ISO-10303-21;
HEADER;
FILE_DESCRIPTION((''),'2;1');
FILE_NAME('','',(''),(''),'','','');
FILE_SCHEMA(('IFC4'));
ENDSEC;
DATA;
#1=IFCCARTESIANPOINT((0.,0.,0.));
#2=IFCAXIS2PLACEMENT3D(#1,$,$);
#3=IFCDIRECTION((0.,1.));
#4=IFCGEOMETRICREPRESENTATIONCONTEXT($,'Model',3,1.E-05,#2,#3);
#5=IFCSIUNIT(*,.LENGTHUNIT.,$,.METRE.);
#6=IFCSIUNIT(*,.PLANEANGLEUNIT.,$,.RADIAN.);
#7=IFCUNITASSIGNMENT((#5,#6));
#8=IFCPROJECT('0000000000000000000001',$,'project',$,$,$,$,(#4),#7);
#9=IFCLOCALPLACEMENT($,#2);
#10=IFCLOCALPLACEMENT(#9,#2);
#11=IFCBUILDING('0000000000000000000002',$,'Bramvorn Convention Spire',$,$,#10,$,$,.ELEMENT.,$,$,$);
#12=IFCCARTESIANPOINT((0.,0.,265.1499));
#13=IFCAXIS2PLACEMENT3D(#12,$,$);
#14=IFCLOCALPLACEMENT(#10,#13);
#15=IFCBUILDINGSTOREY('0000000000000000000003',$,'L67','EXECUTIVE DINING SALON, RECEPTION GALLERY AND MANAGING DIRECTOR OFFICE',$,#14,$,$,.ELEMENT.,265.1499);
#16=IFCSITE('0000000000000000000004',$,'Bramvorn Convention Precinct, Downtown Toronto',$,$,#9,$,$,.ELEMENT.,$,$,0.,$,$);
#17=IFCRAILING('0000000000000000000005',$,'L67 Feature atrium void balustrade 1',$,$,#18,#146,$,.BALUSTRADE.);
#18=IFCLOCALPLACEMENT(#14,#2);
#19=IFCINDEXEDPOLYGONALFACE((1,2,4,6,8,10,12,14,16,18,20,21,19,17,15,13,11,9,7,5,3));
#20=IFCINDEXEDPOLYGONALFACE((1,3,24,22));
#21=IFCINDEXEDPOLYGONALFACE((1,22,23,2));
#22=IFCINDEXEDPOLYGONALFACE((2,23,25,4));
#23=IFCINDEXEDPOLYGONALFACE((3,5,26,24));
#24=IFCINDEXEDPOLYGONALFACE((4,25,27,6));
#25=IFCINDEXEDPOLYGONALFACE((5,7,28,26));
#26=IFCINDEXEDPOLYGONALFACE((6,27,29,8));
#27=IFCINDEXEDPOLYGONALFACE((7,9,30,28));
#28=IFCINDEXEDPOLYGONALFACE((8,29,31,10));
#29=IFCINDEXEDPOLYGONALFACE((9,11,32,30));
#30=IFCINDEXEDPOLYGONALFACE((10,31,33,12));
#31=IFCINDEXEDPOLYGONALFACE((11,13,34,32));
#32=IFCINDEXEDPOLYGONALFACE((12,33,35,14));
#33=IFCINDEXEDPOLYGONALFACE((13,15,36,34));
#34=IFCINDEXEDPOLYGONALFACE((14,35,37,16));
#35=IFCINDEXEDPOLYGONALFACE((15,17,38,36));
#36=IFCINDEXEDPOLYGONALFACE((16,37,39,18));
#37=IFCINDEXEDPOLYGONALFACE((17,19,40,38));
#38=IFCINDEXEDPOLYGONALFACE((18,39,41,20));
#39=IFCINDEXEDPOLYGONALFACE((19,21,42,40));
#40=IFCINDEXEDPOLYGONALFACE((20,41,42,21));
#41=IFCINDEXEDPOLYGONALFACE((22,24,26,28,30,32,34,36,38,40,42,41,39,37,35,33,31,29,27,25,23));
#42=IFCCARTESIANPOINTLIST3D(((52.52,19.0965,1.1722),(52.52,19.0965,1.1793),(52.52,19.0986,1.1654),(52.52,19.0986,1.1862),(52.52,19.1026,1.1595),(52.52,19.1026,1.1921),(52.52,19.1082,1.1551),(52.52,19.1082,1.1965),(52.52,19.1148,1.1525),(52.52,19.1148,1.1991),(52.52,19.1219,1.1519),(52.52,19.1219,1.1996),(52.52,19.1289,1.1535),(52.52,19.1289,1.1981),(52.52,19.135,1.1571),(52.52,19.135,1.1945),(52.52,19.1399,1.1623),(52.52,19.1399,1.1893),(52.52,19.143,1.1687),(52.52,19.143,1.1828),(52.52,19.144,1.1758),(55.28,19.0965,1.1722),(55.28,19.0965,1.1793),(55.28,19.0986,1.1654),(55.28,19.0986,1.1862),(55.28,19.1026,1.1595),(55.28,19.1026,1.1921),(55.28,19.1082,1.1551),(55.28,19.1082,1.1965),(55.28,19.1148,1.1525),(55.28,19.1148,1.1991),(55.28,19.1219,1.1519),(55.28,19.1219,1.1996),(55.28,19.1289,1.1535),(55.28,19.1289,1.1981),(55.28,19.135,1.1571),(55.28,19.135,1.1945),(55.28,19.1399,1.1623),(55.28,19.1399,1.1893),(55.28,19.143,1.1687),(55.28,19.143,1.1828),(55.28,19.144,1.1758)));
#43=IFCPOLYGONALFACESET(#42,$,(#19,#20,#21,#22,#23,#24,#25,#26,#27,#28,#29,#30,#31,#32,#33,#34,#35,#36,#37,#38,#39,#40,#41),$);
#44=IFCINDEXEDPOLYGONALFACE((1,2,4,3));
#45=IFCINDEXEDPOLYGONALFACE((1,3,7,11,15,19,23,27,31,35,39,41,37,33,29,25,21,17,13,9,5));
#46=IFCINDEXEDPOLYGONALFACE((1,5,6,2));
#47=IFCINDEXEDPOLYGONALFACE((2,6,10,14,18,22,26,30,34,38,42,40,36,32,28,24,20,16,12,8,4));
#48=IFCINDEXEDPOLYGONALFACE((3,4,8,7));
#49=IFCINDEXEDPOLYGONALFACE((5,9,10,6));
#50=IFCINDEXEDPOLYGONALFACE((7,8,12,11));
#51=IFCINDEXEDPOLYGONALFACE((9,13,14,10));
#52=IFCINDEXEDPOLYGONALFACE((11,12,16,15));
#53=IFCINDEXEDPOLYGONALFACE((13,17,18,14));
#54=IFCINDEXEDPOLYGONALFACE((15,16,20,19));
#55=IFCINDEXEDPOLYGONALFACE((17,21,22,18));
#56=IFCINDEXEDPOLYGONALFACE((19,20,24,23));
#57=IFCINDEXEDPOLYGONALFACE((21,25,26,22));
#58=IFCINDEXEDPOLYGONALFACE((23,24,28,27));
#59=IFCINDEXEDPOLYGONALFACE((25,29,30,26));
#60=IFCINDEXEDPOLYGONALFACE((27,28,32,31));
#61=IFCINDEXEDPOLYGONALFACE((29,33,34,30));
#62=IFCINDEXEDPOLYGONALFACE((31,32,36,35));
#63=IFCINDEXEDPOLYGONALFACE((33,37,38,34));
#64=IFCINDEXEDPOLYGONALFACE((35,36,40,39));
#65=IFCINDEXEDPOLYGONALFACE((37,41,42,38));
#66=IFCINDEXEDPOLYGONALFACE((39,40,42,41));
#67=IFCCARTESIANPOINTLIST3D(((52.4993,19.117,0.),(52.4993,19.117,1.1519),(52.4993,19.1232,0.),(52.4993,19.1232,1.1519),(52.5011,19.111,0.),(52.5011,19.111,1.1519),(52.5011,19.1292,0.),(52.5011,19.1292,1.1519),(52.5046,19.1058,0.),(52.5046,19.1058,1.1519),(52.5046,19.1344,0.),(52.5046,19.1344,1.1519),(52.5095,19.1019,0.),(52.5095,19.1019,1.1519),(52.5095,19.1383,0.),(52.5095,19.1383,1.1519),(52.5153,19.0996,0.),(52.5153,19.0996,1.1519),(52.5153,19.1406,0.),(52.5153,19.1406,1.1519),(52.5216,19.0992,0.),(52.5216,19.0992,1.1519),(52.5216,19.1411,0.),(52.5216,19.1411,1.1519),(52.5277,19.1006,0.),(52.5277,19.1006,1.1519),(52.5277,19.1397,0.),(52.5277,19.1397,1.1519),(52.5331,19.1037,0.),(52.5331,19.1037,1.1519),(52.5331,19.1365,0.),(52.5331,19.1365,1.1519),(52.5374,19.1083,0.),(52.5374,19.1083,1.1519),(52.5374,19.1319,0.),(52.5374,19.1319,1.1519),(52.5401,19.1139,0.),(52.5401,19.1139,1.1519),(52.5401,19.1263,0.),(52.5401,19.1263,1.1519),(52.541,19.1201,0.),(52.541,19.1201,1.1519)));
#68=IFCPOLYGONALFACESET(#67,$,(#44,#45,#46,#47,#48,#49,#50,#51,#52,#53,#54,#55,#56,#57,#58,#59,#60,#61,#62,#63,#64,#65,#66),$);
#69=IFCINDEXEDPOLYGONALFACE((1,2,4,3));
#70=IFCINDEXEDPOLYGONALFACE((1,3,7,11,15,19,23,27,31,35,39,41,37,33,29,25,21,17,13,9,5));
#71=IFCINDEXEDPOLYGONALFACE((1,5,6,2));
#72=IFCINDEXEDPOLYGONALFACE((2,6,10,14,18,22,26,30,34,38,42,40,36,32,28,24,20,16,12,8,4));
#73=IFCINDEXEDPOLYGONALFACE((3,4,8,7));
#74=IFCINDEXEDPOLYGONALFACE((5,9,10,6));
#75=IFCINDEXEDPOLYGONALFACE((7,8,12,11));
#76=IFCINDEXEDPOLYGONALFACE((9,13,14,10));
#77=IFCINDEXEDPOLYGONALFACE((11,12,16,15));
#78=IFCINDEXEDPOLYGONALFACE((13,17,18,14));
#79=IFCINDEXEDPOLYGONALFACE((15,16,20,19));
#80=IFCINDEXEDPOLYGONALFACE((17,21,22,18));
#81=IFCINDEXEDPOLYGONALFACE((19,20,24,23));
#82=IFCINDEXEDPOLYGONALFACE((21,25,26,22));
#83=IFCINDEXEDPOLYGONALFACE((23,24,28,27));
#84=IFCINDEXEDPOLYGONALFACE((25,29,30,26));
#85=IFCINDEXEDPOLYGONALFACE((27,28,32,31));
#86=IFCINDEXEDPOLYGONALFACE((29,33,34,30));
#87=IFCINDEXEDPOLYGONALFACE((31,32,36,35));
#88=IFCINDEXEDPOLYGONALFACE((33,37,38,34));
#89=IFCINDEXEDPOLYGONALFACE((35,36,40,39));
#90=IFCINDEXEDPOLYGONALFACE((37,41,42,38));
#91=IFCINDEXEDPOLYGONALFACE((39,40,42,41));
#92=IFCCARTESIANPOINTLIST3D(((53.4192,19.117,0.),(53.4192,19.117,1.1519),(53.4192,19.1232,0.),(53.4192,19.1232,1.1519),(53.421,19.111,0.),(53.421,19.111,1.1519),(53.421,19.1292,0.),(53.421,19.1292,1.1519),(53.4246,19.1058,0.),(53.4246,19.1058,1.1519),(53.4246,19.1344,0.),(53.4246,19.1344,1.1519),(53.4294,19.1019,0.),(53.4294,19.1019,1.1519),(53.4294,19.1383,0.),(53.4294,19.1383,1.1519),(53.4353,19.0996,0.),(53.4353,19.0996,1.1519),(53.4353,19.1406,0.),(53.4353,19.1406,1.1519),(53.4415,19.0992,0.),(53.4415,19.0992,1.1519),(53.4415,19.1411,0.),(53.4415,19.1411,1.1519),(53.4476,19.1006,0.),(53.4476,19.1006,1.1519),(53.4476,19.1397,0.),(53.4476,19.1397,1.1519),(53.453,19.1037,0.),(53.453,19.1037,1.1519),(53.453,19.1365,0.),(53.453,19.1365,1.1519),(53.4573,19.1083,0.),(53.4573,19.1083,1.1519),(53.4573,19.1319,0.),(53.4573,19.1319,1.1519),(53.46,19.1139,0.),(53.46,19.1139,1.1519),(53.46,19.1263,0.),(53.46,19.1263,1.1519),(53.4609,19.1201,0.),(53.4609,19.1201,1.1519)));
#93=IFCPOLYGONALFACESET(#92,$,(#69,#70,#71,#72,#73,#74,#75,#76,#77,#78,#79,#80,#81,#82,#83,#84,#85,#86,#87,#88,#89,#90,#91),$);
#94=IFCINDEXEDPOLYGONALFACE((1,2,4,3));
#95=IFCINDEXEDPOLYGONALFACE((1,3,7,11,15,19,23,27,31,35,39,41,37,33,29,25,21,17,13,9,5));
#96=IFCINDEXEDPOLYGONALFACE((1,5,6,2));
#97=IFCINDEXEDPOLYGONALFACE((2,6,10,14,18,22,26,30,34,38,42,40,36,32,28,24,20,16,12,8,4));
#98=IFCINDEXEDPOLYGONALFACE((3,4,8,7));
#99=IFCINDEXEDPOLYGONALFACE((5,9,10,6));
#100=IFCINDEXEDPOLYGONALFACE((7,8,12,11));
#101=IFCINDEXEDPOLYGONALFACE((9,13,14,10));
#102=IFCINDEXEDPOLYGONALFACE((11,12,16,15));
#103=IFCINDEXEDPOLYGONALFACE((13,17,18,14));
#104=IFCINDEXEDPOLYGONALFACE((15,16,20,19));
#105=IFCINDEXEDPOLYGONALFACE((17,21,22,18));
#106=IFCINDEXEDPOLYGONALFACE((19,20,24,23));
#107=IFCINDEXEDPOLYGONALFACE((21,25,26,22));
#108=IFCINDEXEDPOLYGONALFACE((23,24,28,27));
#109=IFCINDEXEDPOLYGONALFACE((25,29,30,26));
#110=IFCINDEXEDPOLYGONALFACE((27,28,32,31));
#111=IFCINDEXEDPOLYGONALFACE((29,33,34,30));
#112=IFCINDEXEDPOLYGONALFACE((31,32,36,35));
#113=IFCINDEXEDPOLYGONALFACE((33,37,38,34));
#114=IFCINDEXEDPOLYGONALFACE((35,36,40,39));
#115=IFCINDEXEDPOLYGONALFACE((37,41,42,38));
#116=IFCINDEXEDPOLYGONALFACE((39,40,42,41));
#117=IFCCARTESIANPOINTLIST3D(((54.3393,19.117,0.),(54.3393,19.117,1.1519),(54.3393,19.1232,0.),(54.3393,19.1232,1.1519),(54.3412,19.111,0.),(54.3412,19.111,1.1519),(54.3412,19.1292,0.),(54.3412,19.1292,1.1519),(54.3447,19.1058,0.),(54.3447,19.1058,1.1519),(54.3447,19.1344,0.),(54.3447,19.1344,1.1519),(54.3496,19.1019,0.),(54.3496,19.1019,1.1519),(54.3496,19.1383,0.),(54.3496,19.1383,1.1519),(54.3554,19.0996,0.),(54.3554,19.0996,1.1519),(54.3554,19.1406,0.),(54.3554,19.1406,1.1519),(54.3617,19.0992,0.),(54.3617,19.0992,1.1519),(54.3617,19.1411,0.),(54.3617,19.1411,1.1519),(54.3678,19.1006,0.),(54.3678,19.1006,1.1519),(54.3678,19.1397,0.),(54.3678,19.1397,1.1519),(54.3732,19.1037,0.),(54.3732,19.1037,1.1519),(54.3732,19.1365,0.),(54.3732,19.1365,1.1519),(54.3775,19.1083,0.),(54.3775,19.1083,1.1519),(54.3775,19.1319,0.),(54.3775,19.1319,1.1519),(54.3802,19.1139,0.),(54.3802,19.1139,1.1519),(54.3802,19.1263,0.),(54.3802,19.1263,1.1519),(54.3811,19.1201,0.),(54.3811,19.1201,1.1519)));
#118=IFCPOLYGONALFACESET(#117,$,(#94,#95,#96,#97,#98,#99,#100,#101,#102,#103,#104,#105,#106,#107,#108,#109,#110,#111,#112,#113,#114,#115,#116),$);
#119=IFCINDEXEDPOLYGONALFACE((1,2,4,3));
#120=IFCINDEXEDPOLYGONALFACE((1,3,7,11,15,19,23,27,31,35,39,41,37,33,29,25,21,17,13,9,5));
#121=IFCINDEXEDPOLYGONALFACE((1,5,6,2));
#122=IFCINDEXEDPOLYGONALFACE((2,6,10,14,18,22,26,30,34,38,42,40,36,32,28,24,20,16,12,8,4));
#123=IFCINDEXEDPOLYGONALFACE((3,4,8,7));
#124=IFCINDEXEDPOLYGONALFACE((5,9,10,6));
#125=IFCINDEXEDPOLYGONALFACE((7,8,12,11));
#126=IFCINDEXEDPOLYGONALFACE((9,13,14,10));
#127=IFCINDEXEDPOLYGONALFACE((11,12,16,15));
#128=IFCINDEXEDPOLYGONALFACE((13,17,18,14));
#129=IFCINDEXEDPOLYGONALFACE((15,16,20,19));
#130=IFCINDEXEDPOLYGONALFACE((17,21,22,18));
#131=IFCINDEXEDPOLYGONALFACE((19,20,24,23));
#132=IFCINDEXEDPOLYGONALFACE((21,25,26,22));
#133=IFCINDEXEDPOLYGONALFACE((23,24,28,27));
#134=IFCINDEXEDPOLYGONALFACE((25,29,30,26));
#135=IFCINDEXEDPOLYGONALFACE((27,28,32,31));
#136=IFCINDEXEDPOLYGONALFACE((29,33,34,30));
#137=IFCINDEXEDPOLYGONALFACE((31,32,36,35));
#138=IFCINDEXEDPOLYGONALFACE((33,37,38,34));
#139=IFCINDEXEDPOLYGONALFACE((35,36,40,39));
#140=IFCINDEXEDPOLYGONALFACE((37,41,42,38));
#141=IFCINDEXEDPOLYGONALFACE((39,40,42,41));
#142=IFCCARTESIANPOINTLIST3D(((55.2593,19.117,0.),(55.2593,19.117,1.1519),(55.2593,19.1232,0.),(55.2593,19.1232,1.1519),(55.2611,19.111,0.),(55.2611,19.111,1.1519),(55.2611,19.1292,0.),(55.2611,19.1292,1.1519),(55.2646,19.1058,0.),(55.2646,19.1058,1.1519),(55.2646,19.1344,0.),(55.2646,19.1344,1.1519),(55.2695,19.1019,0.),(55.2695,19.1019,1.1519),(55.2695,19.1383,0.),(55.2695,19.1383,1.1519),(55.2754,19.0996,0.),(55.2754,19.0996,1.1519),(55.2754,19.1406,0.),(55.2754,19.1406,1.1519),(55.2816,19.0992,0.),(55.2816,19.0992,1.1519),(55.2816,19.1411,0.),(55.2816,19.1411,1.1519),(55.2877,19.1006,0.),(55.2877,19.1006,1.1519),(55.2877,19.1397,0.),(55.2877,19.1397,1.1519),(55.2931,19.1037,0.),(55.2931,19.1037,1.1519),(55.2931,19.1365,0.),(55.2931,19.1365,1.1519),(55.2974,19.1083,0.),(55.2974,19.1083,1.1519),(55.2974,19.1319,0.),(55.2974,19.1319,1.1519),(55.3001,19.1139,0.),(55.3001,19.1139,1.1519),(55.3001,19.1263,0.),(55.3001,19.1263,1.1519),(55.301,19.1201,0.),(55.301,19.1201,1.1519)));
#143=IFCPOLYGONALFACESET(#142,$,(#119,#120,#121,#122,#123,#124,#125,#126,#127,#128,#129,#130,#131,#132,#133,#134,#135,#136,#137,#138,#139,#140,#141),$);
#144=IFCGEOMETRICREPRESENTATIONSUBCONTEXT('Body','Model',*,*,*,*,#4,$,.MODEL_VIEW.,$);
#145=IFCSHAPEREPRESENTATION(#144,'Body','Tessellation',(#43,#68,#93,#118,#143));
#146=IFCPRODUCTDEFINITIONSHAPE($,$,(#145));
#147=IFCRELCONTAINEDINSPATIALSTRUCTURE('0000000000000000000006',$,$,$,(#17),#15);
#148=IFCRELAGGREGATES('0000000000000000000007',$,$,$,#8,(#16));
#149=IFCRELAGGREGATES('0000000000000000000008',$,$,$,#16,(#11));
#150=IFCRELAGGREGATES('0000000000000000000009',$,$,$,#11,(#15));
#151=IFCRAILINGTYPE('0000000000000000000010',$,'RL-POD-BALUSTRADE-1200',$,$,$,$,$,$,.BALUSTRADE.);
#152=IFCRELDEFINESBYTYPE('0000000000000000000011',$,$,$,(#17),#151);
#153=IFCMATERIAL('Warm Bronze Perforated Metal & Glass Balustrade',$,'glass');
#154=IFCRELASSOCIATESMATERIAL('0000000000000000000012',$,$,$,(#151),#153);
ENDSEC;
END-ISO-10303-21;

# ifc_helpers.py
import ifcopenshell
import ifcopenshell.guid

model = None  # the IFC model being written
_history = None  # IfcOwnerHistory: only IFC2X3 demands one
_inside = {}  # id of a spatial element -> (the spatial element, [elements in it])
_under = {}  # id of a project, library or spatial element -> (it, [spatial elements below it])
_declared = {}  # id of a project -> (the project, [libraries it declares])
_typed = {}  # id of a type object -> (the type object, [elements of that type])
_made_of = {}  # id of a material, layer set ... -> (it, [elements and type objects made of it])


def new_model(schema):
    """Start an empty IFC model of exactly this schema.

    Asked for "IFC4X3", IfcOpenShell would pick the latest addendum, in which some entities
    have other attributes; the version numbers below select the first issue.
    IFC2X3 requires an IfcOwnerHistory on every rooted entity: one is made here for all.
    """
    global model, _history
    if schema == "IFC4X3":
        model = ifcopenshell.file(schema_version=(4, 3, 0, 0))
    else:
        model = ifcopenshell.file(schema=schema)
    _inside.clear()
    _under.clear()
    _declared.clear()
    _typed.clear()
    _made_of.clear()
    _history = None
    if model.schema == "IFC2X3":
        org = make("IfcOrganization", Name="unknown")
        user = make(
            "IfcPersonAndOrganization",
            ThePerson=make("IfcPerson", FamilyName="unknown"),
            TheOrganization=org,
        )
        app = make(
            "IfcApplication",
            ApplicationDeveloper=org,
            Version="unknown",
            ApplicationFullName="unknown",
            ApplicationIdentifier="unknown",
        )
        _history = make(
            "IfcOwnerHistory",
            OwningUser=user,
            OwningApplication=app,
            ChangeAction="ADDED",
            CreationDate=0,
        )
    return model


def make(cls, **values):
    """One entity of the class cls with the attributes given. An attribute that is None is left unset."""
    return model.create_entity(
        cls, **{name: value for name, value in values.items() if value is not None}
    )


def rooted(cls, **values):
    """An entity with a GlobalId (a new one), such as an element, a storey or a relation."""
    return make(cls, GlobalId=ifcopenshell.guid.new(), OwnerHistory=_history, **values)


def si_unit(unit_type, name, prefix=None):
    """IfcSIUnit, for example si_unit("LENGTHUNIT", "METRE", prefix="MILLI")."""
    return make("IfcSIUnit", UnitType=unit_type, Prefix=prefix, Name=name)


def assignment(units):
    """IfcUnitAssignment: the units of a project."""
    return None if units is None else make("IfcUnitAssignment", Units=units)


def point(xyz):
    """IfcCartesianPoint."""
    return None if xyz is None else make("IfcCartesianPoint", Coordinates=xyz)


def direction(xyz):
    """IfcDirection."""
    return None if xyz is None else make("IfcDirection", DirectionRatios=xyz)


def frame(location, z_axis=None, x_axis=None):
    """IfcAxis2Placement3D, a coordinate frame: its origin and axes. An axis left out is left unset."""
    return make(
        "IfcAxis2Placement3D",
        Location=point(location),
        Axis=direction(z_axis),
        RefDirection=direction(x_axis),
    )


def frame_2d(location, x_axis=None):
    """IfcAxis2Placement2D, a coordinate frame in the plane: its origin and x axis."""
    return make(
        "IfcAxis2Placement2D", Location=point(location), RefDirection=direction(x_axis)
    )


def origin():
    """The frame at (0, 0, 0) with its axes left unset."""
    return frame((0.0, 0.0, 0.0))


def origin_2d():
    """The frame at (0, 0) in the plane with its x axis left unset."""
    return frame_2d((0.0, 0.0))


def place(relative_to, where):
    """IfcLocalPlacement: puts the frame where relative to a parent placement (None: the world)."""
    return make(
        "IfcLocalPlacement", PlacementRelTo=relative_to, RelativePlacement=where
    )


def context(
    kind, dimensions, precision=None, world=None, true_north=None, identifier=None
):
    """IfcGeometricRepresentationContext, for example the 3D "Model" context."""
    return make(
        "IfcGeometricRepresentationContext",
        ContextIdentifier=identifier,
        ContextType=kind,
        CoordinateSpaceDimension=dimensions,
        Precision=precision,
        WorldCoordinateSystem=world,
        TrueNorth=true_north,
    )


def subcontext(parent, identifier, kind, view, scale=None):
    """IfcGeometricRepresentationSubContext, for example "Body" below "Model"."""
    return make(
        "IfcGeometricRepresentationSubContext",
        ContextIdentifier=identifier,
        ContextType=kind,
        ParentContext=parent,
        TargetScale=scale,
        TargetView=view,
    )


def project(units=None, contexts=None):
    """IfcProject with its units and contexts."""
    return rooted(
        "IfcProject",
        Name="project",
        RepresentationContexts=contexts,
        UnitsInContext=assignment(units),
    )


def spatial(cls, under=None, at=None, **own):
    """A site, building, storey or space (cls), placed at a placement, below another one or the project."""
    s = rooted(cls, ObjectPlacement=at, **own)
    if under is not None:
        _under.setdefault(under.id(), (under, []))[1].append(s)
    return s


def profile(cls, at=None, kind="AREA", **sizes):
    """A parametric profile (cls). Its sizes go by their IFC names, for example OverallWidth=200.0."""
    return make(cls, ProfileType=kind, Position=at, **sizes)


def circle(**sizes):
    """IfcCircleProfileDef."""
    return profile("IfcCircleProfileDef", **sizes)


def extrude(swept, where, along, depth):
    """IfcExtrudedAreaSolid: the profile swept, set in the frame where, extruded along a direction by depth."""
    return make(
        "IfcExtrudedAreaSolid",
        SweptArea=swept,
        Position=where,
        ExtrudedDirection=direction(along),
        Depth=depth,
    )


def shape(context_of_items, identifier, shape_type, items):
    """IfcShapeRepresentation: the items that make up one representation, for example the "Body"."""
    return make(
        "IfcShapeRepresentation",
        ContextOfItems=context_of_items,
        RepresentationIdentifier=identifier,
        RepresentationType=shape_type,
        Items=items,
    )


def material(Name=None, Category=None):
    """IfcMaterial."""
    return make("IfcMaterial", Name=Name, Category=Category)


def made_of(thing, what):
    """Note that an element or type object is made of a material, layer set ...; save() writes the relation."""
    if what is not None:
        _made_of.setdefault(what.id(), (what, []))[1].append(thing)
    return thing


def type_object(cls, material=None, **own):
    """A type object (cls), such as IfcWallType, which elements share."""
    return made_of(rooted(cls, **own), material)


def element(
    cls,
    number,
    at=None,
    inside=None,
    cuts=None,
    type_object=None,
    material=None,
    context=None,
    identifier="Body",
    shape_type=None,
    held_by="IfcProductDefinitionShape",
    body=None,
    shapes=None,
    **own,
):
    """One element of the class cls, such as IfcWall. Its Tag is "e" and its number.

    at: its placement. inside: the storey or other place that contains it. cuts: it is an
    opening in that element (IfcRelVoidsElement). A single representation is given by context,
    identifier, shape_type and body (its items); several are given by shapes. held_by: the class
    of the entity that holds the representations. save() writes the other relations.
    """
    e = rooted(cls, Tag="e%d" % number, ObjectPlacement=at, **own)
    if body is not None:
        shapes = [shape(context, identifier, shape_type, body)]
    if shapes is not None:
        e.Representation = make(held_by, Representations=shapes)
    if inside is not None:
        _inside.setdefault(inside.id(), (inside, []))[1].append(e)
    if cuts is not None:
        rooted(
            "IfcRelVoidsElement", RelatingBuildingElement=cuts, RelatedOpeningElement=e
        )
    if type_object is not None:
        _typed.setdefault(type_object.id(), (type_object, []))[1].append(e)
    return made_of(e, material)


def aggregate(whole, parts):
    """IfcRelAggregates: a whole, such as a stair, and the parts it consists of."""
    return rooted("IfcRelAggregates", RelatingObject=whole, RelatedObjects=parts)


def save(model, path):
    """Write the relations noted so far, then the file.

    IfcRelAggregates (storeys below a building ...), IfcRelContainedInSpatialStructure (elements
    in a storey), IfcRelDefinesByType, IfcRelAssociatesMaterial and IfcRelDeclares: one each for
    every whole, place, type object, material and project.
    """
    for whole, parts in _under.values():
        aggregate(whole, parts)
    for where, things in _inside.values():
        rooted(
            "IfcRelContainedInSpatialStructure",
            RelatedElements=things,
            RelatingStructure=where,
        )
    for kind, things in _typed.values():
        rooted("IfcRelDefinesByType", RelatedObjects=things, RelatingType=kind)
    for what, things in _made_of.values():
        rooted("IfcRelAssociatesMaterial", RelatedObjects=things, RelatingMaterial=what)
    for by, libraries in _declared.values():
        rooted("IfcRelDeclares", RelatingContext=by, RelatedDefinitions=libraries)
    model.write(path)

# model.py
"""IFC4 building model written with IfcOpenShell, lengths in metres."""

from ifc_helpers import new_model, si_unit, direction, frame, origin, origin_2d, place, context, subcontext, project, spatial, circle, extrude, material, type_object, element, save


model = new_model("IFC4")

# Units and contexts
model_context = context("Model", 3, precision=1e-05, world=origin(), true_north=direction((0.0, 1.0)))
body_context = subcontext(model_context, "Body", "Model", "MODEL_VIEW")
ifc_project = project(units=[si_unit("LENGTHUNIT", "METRE"), si_unit("PLANEANGLEUNIT", "RADIAN")], contexts=[model_context])

# Site, building, storey
site_placement = place(None, origin())
site = spatial("IfcSite", under=ifc_project, at=site_placement, Name="Bramvorn Convention Precinct, Downtown Toronto", CompositionType="ELEMENT", RefElevation=0.0)
building_placement = place(site_placement, origin())
building = spatial("IfcBuilding", under=site, at=building_placement, Name="Bramvorn Convention Spire", CompositionType="ELEMENT")
storey_placement = place(building_placement, frame((0.0, 0.0, 265.1499)))
storey = spatial("IfcBuildingStorey", under=building, at=storey_placement, Name="L67", Description="EXECUTIVE DINING SALON, RECEPTION GALLERY AND MANAGING DIRECTOR OFFICE", CompositionType="ELEMENT", Elevation=265.1499)

# Railing
ifc_material_1 = material(Name="Warm Bronze Perforated Metal & Glass Balustrade", Category="glass")
railing_type = type_object("IfcRailingType", Name="RL-POD-BALUSTRADE-1200", PredefinedType="BALUSTRADE", material=ifc_material_1)
railing_1_placement = place(storey_placement, frame((52.52, 19.1201, 0.0)))
element("IfcRailing", 1, at=railing_1_placement, inside=storey, type_object=railing_type, Name="L67 Feature atrium void balustrade 1", PredefinedType="BALUSTRADE", context=body_context, shape_type="SweptSolid", body=[
    extrude(circle(Radius=0.0239, at=origin_2d()), frame((0.0, 0.0, 1.1758), z_axis=(1.0, 0.0, 0.0), x_axis=(0.0, 1.0, 0.0)), (0.0, 0.0, 1.0), 2.76),
    extrude(circle(Radius=0.021, at=origin_2d()), origin(), (0.0, 0.0, 1.0), 1.1519),
    extrude(circle(Radius=0.021, at=origin_2d()), frame((0.9199, 0.0, 0.0)), (0.0, 0.0, 1.0), 1.1519),
    extrude(circle(Radius=0.021, at=origin_2d()), frame((1.8401, 0.0, 0.0)), (0.0, 0.0, 1.0), 1.1519),
    extrude(circle(Radius=0.021, at=origin_2d()), frame((2.76, 0.0, 0.0)), (0.0, 0.0, 1.0), 1.1519),
])

save(model, "model.ifc")
